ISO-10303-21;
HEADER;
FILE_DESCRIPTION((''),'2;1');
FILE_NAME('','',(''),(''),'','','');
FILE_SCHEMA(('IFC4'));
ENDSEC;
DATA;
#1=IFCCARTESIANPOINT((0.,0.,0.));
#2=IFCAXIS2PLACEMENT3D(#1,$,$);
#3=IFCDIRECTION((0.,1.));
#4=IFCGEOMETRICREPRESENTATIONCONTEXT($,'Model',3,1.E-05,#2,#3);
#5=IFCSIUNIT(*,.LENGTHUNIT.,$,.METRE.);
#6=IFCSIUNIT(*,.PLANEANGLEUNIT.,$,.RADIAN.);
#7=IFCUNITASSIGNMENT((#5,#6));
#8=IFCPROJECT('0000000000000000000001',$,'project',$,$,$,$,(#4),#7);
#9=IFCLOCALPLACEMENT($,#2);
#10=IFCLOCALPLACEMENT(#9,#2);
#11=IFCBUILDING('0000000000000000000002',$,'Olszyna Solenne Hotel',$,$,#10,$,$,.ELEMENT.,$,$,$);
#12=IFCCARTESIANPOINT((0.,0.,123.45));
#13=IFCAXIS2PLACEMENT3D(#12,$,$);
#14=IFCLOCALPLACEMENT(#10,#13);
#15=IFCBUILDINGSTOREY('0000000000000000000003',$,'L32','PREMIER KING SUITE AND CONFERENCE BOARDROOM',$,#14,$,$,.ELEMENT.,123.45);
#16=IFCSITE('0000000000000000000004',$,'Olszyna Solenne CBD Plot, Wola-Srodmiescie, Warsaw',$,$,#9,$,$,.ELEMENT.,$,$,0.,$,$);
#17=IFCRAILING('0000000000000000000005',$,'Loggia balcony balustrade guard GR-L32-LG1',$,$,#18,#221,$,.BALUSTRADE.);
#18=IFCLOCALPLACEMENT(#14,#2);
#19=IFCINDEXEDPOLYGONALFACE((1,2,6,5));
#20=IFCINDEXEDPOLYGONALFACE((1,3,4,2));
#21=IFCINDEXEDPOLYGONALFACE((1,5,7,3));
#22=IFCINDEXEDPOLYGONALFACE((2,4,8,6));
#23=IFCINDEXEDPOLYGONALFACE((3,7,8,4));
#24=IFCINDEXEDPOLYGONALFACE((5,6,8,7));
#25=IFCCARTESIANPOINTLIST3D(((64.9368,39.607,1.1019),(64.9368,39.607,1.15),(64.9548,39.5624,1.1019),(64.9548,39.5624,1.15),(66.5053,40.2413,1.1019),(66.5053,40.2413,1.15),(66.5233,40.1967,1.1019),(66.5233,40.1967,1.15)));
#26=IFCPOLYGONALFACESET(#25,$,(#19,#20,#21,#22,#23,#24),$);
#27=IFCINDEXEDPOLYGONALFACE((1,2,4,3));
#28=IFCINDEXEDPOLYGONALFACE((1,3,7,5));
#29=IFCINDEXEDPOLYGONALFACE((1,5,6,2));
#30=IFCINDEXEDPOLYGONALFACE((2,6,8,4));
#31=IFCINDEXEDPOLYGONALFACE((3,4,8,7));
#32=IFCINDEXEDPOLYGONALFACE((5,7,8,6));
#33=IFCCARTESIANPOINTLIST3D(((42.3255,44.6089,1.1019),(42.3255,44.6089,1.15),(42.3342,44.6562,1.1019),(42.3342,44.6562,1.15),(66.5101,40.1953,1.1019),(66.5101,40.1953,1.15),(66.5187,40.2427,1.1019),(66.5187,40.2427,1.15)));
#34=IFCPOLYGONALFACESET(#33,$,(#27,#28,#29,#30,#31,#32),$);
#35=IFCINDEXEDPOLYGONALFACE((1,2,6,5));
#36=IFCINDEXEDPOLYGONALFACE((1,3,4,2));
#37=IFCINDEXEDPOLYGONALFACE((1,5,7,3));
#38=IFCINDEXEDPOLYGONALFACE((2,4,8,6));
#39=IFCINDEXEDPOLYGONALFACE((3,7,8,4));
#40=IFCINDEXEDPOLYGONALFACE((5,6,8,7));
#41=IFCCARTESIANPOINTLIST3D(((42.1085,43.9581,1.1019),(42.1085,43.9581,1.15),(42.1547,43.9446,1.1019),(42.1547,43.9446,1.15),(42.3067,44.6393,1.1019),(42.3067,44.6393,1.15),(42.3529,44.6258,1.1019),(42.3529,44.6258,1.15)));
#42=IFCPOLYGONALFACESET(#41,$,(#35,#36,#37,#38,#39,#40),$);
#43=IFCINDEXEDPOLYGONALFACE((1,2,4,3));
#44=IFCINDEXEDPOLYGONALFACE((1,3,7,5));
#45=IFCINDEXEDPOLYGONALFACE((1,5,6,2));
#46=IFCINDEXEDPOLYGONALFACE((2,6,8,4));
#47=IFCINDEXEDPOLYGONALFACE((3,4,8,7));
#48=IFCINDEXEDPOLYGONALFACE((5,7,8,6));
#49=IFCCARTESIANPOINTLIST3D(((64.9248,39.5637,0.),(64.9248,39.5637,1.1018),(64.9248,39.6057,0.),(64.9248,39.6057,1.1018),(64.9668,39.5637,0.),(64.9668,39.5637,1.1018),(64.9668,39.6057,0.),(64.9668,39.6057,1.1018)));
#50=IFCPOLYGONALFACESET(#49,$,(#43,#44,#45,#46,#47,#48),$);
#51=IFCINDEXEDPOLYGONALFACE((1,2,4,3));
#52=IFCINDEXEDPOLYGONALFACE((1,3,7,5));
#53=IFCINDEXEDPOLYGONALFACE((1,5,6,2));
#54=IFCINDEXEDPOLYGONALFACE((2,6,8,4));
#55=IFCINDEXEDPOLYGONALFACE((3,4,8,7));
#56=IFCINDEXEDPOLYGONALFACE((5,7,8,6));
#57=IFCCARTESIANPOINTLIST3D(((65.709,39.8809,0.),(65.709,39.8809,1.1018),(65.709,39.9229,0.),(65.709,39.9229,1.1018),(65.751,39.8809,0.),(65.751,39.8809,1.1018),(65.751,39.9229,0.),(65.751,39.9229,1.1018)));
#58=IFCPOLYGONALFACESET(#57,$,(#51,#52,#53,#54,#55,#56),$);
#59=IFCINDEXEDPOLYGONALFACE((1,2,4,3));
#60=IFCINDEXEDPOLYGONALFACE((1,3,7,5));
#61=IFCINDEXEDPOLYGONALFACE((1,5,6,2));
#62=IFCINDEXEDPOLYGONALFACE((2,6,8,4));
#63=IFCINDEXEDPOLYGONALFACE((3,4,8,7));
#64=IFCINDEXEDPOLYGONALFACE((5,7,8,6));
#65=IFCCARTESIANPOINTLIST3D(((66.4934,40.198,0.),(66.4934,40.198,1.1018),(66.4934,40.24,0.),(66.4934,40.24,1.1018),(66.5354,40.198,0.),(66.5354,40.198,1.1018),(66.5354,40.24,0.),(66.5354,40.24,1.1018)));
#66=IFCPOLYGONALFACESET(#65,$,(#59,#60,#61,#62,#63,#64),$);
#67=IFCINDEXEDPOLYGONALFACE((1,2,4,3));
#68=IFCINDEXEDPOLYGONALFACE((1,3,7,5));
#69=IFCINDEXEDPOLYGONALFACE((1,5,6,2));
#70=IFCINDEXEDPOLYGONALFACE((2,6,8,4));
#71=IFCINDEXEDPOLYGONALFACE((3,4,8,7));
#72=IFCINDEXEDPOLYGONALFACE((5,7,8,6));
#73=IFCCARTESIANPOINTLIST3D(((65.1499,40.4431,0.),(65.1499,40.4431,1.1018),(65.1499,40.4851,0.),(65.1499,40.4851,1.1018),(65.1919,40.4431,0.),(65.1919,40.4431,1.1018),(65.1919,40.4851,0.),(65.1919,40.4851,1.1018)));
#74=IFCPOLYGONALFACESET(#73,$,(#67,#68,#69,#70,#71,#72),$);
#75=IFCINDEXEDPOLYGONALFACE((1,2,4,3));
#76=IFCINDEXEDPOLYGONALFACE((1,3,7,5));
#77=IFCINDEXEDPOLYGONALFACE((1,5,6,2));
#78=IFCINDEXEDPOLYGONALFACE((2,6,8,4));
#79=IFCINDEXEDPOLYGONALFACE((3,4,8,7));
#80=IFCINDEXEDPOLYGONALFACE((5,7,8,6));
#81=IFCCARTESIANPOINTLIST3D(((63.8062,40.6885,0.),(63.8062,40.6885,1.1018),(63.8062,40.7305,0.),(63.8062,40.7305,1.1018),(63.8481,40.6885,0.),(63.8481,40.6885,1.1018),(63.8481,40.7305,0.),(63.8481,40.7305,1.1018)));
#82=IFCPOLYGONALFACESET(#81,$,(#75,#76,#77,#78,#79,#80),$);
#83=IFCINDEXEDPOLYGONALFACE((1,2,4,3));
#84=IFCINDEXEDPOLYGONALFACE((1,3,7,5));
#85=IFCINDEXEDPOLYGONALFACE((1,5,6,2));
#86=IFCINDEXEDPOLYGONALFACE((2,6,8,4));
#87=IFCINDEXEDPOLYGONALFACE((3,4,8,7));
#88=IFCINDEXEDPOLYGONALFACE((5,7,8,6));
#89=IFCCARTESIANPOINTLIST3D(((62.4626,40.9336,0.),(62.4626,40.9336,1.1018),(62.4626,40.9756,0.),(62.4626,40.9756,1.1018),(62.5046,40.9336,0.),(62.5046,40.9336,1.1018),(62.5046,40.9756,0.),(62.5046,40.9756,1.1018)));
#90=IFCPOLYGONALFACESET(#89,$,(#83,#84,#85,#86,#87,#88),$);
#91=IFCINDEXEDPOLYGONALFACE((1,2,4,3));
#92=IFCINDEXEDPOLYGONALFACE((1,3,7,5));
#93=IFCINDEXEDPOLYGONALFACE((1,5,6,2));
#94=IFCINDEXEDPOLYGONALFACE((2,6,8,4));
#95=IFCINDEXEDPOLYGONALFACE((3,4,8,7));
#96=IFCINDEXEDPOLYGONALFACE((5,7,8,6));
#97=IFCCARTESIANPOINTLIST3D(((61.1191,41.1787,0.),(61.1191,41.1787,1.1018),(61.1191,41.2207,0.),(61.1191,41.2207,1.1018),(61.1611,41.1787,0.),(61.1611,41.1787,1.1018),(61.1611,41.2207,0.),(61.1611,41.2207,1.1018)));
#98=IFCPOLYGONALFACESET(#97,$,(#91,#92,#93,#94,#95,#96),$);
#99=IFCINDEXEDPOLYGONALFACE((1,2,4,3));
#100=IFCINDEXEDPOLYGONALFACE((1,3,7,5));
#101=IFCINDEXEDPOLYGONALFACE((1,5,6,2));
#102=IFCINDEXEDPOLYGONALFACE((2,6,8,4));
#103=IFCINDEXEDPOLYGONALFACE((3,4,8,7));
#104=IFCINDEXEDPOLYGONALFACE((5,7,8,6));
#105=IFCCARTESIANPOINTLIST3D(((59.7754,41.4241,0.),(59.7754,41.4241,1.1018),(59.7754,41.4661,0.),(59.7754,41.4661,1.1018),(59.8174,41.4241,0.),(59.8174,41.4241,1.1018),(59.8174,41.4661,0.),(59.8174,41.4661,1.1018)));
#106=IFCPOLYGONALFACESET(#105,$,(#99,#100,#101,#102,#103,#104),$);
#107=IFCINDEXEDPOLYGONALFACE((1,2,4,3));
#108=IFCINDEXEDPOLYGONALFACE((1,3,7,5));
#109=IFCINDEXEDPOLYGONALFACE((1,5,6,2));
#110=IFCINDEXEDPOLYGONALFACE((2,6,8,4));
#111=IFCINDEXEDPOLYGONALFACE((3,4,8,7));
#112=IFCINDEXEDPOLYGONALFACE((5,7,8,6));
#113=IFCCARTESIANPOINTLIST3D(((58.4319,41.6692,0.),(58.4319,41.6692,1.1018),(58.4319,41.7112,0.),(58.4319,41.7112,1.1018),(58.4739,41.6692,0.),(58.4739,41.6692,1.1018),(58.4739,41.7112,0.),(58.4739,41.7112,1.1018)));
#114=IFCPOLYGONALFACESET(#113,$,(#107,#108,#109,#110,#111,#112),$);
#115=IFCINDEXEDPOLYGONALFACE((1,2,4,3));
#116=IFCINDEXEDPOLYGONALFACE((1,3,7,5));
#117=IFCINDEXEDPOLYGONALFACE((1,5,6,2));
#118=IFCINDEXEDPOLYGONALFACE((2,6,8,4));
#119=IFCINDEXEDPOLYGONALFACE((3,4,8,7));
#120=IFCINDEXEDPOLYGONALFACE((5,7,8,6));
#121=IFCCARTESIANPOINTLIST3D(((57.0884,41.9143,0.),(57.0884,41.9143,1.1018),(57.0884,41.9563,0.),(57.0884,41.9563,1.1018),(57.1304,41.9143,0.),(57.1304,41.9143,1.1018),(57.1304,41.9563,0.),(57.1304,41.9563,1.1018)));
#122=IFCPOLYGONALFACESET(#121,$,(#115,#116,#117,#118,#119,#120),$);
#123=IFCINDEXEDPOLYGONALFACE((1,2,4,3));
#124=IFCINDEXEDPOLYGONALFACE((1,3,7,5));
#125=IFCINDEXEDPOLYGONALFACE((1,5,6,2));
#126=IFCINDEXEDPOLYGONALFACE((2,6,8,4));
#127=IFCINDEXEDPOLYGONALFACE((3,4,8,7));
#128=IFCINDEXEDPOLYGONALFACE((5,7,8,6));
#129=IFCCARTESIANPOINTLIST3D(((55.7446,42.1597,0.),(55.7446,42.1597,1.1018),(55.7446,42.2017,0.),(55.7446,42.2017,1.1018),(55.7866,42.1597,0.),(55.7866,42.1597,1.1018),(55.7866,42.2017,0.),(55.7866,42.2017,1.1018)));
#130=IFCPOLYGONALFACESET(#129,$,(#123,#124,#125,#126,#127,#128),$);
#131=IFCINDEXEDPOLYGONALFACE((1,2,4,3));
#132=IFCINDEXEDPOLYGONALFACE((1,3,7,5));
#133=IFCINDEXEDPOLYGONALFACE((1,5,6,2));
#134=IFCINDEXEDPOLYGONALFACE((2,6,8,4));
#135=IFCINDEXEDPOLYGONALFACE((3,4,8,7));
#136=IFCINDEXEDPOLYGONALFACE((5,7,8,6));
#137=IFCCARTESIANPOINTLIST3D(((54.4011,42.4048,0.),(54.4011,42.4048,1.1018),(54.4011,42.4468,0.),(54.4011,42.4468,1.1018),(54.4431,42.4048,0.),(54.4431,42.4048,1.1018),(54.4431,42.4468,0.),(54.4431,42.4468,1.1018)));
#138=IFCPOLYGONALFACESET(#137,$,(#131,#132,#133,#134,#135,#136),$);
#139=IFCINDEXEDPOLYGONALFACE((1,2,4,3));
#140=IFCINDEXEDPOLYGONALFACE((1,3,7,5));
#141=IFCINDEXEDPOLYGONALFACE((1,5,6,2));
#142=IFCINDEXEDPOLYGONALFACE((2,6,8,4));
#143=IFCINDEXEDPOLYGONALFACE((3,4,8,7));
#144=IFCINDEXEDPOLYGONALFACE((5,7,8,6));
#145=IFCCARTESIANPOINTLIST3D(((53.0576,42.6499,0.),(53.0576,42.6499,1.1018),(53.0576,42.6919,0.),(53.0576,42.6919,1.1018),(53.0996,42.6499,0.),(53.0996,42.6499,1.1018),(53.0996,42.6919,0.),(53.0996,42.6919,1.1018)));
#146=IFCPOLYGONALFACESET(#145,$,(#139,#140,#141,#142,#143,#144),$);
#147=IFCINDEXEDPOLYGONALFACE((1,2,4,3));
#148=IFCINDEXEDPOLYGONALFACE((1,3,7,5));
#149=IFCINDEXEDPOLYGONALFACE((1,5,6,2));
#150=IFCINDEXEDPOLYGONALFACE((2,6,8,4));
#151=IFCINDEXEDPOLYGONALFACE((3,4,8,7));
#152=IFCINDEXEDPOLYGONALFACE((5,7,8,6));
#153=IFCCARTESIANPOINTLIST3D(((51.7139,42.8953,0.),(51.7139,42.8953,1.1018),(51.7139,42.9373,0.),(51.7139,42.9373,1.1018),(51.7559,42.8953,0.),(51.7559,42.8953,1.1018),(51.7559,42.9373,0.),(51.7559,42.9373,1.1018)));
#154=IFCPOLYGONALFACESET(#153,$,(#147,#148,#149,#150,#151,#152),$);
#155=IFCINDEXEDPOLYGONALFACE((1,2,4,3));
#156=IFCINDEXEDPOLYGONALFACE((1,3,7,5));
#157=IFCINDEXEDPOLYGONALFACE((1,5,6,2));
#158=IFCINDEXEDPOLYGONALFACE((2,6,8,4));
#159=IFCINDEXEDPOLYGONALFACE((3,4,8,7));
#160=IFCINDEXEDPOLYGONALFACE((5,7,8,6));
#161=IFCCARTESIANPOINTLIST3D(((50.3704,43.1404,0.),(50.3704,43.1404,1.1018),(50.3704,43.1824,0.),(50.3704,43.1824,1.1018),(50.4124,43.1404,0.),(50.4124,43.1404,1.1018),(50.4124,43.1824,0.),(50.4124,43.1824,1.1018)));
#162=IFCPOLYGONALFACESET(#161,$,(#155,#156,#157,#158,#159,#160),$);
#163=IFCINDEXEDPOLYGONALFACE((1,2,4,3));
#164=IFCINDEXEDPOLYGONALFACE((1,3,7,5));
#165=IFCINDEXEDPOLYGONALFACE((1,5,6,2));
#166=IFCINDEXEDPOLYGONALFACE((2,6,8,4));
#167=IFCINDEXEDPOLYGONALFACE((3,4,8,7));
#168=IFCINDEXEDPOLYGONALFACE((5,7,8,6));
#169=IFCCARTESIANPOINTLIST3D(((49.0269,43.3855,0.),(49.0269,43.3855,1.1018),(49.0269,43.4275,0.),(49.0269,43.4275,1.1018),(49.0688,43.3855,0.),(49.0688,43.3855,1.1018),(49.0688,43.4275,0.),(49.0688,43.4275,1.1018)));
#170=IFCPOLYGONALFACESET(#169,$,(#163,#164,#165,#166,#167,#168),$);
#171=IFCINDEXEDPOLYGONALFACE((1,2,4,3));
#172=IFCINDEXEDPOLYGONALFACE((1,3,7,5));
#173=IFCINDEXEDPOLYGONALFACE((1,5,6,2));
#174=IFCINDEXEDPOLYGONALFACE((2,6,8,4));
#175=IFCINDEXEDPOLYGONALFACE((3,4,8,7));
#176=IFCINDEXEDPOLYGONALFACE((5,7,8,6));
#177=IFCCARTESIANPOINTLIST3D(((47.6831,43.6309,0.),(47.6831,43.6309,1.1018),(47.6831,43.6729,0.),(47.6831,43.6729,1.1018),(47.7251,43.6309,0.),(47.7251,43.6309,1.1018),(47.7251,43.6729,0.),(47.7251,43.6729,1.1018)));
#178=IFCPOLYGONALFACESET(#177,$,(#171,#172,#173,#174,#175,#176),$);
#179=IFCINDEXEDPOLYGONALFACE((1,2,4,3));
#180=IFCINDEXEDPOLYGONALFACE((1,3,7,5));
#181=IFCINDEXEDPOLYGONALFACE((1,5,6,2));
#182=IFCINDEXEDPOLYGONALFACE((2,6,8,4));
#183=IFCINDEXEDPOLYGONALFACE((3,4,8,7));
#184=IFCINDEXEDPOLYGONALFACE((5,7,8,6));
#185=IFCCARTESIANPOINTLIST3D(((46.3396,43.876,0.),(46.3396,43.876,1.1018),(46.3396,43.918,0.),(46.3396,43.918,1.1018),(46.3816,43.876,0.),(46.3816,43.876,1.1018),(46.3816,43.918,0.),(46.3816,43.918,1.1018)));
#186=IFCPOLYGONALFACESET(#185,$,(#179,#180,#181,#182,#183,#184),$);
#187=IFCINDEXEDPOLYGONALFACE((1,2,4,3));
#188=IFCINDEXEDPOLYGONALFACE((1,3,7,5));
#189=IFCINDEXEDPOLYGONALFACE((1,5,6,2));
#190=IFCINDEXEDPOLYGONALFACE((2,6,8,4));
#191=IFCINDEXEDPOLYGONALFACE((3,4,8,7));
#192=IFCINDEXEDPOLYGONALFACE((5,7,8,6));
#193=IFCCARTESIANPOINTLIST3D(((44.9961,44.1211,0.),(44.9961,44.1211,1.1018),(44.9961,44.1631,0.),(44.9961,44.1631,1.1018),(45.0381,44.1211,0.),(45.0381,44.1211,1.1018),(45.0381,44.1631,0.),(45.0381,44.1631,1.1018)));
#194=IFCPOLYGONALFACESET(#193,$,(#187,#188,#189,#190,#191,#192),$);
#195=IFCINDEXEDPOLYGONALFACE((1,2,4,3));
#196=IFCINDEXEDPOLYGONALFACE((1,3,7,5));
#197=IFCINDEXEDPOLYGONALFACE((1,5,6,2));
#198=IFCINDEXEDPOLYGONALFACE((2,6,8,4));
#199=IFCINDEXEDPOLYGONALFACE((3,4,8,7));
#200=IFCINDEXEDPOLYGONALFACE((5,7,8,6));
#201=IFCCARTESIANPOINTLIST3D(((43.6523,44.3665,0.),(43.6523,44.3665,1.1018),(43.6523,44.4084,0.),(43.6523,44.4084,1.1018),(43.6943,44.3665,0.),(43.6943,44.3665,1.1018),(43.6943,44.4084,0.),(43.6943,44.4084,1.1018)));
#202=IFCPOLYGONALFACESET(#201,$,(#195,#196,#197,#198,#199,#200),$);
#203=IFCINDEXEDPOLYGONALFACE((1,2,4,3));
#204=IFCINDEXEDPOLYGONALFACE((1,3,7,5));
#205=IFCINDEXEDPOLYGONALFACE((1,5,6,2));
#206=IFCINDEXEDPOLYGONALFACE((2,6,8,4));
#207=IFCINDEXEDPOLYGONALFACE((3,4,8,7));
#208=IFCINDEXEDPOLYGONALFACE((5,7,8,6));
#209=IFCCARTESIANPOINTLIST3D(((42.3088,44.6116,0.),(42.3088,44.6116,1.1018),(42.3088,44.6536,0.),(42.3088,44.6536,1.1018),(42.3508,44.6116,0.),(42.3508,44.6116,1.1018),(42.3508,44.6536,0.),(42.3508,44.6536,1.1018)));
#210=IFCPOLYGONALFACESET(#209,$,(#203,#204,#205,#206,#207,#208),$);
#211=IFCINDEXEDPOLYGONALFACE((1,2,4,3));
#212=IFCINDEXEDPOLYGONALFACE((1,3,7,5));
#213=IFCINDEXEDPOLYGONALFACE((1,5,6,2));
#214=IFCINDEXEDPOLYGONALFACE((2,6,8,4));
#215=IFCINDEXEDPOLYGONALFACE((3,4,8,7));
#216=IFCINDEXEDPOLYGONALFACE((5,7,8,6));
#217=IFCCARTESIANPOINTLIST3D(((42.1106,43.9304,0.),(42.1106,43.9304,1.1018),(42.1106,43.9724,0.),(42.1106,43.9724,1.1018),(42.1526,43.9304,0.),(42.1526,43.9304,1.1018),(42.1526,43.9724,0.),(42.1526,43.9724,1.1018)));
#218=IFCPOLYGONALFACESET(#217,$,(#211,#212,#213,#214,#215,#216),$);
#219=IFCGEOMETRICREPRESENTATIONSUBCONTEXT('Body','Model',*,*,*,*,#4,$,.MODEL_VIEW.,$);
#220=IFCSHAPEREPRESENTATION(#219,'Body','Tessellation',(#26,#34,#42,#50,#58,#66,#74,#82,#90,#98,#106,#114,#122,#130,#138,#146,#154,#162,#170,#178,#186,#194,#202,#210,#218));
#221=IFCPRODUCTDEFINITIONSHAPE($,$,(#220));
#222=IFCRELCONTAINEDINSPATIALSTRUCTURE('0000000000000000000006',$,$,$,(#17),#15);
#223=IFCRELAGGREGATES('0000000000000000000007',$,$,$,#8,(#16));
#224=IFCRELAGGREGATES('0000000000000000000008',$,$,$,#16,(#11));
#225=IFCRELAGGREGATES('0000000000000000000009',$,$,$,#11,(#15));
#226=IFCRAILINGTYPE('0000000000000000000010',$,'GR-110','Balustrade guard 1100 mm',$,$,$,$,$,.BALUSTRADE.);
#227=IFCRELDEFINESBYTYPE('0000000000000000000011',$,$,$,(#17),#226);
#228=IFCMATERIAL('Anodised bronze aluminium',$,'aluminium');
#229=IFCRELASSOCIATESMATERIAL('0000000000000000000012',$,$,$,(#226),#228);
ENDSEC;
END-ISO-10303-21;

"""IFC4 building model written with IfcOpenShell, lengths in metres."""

from ifc_helpers import new_model, si_unit, direction, frame, origin, origin_2d, place, context, subcontext, project, spatial, rectangle, extrude, material, type_object, element, save


model = new_model("IFC4")

# Units and contexts
model_context = context("Model", 3, precision=1e-05, world=origin(), true_north=direction((0.0, 1.0)))
body_context = subcontext(model_context, "Body", "Model", "MODEL_VIEW")
ifc_project = project(units=[si_unit("LENGTHUNIT", "METRE"), si_unit("PLANEANGLEUNIT", "RADIAN")], contexts=[model_context])

# Site, building, storey
site_placement = place(None, origin())
site = spatial("IfcSite", under=ifc_project, at=site_placement, Name="Olszyna Solenne CBD Plot, Wola-Srodmiescie, Warsaw", CompositionType="ELEMENT", RefElevation=0.0)
building_placement = place(site_placement, origin())
building = spatial("IfcBuilding", under=site, at=building_placement, Name="Olszyna Solenne Hotel", CompositionType="ELEMENT")
storey_placement = place(building_placement, frame((0.0, 0.0, 123.45)))
storey = spatial("IfcBuildingStorey", under=building, at=storey_placement, Name="L32", Description="PREMIER KING SUITE AND CONFERENCE BOARDROOM", CompositionType="ELEMENT", Elevation=123.45)

# Railing
ifc_material_1 = material(Name="Anodised bronze aluminium", Category="aluminium")
railing_type = type_object("IfcRailingType", Name="GR-110", Description="Balustrade guard 1100 mm", PredefinedType="BALUSTRADE", material=ifc_material_1)
railing_placement = place(storey_placement, frame((64.9458, 39.5847, 0.0)))
element("IfcRailing", 1, at=railing_placement, inside=storey, type_object=railing_type, Name="Loggia balcony balustrade guard GR-L32-LG1", PredefinedType="BALUSTRADE", context=body_context, shape_type="SweptSolid", body=[
    extrude(rectangle(XDim=0.0481, YDim=0.0481, at=origin_2d()), frame((0.0, 0.0, 1.126), z_axis=(0.927077, 0.374871, 0.0), x_axis=(-0.374871, 0.927077, 0.0)), (0.0, 0.0, 1.0), 1.6919),
    extrude(rectangle(XDim=0.0481, YDim=0.0481, at=origin_2d()), frame((1.5686, 0.6343, 1.126), z_axis=(-0.983752, 0.17953, 0.0), x_axis=(-0.17953, -0.983752, 0.0)), (0.0, 0.0, 1.0), 24.584),
    extrude(rectangle(XDim=0.0481, YDim=0.0481, at=origin_2d()), frame((-22.616, 5.0479, 1.126), z_axis=(-0.279445, -0.960162, 0.0), x_axis=(0.960162, -0.279445, 0.0)), (0.0, 0.0, 1.0), 0.7095),
    extrude(rectangle(XDim=0.042, YDim=0.042, at=origin_2d()), origin(), (0.0, 0.0, 1.0), 1.1018),
    extrude(rectangle(XDim=0.042, YDim=0.042, at=origin_2d()), frame((0.7842, 0.3171, 0.0)), (0.0, 0.0, 1.0), 1.1018),
    extrude(rectangle(XDim=0.042, YDim=0.042, at=origin_2d()), frame((1.5686, 0.6343, 0.0)), (0.0, 0.0, 1.0), 1.1018),
    extrude(rectangle(XDim=0.042, YDim=0.042, at=origin_2d()), frame((0.2251, 0.8794, 0.0)), (0.0, 0.0, 1.0), 1.1018),
    extrude(rectangle(XDim=0.042, YDim=0.042, at=origin_2d()), frame((-1.1187, 1.1248, 0.0)), (0.0, 0.0, 1.0), 1.1018),
    extrude(rectangle(XDim=0.042, YDim=0.042, at=origin_2d()), frame((-2.4622, 1.3699, 0.0)), (0.0, 0.0, 1.0), 1.1018),
    extrude(rectangle(XDim=0.042, YDim=0.042, at=origin_2d()), frame((-3.8057, 1.615, 0.0)), (0.0, 0.0, 1.0), 1.1018),
    extrude(rectangle(XDim=0.042, YDim=0.042, at=origin_2d()), frame((-5.1494, 1.8604, 0.0)), (0.0, 0.0, 1.0), 1.1018),
    extrude(rectangle(XDim=0.042, YDim=0.042, at=origin_2d()), frame((-6.4929, 2.1055, 0.0)), (0.0, 0.0, 1.0), 1.1018),
    extrude(rectangle(XDim=0.042, YDim=0.042, at=origin_2d()), frame((-7.8364, 2.3506, 0.0)), (0.0, 0.0, 1.0), 1.1018),
    extrude(rectangle(XDim=0.042, YDim=0.042, at=origin_2d()), frame((-9.1802, 2.5959, 0.0)), (0.0, 0.0, 1.0), 1.1018),
    extrude(rectangle(XDim=0.042, YDim=0.042, at=origin_2d()), frame((-10.5237, 2.8411, 0.0)), (0.0, 0.0, 1.0), 1.1018),
    extrude(rectangle(XDim=0.042, YDim=0.042, at=origin_2d()), frame((-11.8672, 3.0862, 0.0)), (0.0, 0.0, 1.0), 1.1018),
    extrude(rectangle(XDim=0.042, YDim=0.042, at=origin_2d()), frame((-13.2109, 3.3315, 0.0)), (0.0, 0.0, 1.0), 1.1018),
    extrude(rectangle(XDim=0.042, YDim=0.042, at=origin_2d()), frame((-14.5544, 3.5767, 0.0)), (0.0, 0.0, 1.0), 1.1018),
    extrude(rectangle(XDim=0.042, YDim=0.042, at=origin_2d()), frame((-15.8979, 3.8218, 0.0)), (0.0, 0.0, 1.0), 1.1018),
    extrude(rectangle(XDim=0.042, YDim=0.042, at=origin_2d()), frame((-17.2417, 4.0671, 0.0)), (0.0, 0.0, 1.0), 1.1018),
    extrude(rectangle(XDim=0.042, YDim=0.042, at=origin_2d()), frame((-18.5852, 4.3123, 0.0)), (0.0, 0.0, 1.0), 1.1018),
    extrude(rectangle(XDim=0.042, YDim=0.042, at=origin_2d()), frame((-19.9287, 4.5574, 0.0)), (0.0, 0.0, 1.0), 1.1018),
    extrude(rectangle(XDim=0.042, YDim=0.042, at=origin_2d()), frame((-21.2725, 4.8027, 0.0)), (0.0, 0.0, 1.0), 1.1018),
    extrude(rectangle(XDim=0.042, YDim=0.042, at=origin_2d()), frame((-22.616, 5.0479, 0.0)), (0.0, 0.0, 1.0), 1.1018),
    extrude(rectangle(XDim=0.042, YDim=0.042, at=origin_2d()), frame((-22.8142, 4.3667, 0.0)), (0.0, 0.0, 1.0), 1.1018),
])

save(model, "model.ifc")
